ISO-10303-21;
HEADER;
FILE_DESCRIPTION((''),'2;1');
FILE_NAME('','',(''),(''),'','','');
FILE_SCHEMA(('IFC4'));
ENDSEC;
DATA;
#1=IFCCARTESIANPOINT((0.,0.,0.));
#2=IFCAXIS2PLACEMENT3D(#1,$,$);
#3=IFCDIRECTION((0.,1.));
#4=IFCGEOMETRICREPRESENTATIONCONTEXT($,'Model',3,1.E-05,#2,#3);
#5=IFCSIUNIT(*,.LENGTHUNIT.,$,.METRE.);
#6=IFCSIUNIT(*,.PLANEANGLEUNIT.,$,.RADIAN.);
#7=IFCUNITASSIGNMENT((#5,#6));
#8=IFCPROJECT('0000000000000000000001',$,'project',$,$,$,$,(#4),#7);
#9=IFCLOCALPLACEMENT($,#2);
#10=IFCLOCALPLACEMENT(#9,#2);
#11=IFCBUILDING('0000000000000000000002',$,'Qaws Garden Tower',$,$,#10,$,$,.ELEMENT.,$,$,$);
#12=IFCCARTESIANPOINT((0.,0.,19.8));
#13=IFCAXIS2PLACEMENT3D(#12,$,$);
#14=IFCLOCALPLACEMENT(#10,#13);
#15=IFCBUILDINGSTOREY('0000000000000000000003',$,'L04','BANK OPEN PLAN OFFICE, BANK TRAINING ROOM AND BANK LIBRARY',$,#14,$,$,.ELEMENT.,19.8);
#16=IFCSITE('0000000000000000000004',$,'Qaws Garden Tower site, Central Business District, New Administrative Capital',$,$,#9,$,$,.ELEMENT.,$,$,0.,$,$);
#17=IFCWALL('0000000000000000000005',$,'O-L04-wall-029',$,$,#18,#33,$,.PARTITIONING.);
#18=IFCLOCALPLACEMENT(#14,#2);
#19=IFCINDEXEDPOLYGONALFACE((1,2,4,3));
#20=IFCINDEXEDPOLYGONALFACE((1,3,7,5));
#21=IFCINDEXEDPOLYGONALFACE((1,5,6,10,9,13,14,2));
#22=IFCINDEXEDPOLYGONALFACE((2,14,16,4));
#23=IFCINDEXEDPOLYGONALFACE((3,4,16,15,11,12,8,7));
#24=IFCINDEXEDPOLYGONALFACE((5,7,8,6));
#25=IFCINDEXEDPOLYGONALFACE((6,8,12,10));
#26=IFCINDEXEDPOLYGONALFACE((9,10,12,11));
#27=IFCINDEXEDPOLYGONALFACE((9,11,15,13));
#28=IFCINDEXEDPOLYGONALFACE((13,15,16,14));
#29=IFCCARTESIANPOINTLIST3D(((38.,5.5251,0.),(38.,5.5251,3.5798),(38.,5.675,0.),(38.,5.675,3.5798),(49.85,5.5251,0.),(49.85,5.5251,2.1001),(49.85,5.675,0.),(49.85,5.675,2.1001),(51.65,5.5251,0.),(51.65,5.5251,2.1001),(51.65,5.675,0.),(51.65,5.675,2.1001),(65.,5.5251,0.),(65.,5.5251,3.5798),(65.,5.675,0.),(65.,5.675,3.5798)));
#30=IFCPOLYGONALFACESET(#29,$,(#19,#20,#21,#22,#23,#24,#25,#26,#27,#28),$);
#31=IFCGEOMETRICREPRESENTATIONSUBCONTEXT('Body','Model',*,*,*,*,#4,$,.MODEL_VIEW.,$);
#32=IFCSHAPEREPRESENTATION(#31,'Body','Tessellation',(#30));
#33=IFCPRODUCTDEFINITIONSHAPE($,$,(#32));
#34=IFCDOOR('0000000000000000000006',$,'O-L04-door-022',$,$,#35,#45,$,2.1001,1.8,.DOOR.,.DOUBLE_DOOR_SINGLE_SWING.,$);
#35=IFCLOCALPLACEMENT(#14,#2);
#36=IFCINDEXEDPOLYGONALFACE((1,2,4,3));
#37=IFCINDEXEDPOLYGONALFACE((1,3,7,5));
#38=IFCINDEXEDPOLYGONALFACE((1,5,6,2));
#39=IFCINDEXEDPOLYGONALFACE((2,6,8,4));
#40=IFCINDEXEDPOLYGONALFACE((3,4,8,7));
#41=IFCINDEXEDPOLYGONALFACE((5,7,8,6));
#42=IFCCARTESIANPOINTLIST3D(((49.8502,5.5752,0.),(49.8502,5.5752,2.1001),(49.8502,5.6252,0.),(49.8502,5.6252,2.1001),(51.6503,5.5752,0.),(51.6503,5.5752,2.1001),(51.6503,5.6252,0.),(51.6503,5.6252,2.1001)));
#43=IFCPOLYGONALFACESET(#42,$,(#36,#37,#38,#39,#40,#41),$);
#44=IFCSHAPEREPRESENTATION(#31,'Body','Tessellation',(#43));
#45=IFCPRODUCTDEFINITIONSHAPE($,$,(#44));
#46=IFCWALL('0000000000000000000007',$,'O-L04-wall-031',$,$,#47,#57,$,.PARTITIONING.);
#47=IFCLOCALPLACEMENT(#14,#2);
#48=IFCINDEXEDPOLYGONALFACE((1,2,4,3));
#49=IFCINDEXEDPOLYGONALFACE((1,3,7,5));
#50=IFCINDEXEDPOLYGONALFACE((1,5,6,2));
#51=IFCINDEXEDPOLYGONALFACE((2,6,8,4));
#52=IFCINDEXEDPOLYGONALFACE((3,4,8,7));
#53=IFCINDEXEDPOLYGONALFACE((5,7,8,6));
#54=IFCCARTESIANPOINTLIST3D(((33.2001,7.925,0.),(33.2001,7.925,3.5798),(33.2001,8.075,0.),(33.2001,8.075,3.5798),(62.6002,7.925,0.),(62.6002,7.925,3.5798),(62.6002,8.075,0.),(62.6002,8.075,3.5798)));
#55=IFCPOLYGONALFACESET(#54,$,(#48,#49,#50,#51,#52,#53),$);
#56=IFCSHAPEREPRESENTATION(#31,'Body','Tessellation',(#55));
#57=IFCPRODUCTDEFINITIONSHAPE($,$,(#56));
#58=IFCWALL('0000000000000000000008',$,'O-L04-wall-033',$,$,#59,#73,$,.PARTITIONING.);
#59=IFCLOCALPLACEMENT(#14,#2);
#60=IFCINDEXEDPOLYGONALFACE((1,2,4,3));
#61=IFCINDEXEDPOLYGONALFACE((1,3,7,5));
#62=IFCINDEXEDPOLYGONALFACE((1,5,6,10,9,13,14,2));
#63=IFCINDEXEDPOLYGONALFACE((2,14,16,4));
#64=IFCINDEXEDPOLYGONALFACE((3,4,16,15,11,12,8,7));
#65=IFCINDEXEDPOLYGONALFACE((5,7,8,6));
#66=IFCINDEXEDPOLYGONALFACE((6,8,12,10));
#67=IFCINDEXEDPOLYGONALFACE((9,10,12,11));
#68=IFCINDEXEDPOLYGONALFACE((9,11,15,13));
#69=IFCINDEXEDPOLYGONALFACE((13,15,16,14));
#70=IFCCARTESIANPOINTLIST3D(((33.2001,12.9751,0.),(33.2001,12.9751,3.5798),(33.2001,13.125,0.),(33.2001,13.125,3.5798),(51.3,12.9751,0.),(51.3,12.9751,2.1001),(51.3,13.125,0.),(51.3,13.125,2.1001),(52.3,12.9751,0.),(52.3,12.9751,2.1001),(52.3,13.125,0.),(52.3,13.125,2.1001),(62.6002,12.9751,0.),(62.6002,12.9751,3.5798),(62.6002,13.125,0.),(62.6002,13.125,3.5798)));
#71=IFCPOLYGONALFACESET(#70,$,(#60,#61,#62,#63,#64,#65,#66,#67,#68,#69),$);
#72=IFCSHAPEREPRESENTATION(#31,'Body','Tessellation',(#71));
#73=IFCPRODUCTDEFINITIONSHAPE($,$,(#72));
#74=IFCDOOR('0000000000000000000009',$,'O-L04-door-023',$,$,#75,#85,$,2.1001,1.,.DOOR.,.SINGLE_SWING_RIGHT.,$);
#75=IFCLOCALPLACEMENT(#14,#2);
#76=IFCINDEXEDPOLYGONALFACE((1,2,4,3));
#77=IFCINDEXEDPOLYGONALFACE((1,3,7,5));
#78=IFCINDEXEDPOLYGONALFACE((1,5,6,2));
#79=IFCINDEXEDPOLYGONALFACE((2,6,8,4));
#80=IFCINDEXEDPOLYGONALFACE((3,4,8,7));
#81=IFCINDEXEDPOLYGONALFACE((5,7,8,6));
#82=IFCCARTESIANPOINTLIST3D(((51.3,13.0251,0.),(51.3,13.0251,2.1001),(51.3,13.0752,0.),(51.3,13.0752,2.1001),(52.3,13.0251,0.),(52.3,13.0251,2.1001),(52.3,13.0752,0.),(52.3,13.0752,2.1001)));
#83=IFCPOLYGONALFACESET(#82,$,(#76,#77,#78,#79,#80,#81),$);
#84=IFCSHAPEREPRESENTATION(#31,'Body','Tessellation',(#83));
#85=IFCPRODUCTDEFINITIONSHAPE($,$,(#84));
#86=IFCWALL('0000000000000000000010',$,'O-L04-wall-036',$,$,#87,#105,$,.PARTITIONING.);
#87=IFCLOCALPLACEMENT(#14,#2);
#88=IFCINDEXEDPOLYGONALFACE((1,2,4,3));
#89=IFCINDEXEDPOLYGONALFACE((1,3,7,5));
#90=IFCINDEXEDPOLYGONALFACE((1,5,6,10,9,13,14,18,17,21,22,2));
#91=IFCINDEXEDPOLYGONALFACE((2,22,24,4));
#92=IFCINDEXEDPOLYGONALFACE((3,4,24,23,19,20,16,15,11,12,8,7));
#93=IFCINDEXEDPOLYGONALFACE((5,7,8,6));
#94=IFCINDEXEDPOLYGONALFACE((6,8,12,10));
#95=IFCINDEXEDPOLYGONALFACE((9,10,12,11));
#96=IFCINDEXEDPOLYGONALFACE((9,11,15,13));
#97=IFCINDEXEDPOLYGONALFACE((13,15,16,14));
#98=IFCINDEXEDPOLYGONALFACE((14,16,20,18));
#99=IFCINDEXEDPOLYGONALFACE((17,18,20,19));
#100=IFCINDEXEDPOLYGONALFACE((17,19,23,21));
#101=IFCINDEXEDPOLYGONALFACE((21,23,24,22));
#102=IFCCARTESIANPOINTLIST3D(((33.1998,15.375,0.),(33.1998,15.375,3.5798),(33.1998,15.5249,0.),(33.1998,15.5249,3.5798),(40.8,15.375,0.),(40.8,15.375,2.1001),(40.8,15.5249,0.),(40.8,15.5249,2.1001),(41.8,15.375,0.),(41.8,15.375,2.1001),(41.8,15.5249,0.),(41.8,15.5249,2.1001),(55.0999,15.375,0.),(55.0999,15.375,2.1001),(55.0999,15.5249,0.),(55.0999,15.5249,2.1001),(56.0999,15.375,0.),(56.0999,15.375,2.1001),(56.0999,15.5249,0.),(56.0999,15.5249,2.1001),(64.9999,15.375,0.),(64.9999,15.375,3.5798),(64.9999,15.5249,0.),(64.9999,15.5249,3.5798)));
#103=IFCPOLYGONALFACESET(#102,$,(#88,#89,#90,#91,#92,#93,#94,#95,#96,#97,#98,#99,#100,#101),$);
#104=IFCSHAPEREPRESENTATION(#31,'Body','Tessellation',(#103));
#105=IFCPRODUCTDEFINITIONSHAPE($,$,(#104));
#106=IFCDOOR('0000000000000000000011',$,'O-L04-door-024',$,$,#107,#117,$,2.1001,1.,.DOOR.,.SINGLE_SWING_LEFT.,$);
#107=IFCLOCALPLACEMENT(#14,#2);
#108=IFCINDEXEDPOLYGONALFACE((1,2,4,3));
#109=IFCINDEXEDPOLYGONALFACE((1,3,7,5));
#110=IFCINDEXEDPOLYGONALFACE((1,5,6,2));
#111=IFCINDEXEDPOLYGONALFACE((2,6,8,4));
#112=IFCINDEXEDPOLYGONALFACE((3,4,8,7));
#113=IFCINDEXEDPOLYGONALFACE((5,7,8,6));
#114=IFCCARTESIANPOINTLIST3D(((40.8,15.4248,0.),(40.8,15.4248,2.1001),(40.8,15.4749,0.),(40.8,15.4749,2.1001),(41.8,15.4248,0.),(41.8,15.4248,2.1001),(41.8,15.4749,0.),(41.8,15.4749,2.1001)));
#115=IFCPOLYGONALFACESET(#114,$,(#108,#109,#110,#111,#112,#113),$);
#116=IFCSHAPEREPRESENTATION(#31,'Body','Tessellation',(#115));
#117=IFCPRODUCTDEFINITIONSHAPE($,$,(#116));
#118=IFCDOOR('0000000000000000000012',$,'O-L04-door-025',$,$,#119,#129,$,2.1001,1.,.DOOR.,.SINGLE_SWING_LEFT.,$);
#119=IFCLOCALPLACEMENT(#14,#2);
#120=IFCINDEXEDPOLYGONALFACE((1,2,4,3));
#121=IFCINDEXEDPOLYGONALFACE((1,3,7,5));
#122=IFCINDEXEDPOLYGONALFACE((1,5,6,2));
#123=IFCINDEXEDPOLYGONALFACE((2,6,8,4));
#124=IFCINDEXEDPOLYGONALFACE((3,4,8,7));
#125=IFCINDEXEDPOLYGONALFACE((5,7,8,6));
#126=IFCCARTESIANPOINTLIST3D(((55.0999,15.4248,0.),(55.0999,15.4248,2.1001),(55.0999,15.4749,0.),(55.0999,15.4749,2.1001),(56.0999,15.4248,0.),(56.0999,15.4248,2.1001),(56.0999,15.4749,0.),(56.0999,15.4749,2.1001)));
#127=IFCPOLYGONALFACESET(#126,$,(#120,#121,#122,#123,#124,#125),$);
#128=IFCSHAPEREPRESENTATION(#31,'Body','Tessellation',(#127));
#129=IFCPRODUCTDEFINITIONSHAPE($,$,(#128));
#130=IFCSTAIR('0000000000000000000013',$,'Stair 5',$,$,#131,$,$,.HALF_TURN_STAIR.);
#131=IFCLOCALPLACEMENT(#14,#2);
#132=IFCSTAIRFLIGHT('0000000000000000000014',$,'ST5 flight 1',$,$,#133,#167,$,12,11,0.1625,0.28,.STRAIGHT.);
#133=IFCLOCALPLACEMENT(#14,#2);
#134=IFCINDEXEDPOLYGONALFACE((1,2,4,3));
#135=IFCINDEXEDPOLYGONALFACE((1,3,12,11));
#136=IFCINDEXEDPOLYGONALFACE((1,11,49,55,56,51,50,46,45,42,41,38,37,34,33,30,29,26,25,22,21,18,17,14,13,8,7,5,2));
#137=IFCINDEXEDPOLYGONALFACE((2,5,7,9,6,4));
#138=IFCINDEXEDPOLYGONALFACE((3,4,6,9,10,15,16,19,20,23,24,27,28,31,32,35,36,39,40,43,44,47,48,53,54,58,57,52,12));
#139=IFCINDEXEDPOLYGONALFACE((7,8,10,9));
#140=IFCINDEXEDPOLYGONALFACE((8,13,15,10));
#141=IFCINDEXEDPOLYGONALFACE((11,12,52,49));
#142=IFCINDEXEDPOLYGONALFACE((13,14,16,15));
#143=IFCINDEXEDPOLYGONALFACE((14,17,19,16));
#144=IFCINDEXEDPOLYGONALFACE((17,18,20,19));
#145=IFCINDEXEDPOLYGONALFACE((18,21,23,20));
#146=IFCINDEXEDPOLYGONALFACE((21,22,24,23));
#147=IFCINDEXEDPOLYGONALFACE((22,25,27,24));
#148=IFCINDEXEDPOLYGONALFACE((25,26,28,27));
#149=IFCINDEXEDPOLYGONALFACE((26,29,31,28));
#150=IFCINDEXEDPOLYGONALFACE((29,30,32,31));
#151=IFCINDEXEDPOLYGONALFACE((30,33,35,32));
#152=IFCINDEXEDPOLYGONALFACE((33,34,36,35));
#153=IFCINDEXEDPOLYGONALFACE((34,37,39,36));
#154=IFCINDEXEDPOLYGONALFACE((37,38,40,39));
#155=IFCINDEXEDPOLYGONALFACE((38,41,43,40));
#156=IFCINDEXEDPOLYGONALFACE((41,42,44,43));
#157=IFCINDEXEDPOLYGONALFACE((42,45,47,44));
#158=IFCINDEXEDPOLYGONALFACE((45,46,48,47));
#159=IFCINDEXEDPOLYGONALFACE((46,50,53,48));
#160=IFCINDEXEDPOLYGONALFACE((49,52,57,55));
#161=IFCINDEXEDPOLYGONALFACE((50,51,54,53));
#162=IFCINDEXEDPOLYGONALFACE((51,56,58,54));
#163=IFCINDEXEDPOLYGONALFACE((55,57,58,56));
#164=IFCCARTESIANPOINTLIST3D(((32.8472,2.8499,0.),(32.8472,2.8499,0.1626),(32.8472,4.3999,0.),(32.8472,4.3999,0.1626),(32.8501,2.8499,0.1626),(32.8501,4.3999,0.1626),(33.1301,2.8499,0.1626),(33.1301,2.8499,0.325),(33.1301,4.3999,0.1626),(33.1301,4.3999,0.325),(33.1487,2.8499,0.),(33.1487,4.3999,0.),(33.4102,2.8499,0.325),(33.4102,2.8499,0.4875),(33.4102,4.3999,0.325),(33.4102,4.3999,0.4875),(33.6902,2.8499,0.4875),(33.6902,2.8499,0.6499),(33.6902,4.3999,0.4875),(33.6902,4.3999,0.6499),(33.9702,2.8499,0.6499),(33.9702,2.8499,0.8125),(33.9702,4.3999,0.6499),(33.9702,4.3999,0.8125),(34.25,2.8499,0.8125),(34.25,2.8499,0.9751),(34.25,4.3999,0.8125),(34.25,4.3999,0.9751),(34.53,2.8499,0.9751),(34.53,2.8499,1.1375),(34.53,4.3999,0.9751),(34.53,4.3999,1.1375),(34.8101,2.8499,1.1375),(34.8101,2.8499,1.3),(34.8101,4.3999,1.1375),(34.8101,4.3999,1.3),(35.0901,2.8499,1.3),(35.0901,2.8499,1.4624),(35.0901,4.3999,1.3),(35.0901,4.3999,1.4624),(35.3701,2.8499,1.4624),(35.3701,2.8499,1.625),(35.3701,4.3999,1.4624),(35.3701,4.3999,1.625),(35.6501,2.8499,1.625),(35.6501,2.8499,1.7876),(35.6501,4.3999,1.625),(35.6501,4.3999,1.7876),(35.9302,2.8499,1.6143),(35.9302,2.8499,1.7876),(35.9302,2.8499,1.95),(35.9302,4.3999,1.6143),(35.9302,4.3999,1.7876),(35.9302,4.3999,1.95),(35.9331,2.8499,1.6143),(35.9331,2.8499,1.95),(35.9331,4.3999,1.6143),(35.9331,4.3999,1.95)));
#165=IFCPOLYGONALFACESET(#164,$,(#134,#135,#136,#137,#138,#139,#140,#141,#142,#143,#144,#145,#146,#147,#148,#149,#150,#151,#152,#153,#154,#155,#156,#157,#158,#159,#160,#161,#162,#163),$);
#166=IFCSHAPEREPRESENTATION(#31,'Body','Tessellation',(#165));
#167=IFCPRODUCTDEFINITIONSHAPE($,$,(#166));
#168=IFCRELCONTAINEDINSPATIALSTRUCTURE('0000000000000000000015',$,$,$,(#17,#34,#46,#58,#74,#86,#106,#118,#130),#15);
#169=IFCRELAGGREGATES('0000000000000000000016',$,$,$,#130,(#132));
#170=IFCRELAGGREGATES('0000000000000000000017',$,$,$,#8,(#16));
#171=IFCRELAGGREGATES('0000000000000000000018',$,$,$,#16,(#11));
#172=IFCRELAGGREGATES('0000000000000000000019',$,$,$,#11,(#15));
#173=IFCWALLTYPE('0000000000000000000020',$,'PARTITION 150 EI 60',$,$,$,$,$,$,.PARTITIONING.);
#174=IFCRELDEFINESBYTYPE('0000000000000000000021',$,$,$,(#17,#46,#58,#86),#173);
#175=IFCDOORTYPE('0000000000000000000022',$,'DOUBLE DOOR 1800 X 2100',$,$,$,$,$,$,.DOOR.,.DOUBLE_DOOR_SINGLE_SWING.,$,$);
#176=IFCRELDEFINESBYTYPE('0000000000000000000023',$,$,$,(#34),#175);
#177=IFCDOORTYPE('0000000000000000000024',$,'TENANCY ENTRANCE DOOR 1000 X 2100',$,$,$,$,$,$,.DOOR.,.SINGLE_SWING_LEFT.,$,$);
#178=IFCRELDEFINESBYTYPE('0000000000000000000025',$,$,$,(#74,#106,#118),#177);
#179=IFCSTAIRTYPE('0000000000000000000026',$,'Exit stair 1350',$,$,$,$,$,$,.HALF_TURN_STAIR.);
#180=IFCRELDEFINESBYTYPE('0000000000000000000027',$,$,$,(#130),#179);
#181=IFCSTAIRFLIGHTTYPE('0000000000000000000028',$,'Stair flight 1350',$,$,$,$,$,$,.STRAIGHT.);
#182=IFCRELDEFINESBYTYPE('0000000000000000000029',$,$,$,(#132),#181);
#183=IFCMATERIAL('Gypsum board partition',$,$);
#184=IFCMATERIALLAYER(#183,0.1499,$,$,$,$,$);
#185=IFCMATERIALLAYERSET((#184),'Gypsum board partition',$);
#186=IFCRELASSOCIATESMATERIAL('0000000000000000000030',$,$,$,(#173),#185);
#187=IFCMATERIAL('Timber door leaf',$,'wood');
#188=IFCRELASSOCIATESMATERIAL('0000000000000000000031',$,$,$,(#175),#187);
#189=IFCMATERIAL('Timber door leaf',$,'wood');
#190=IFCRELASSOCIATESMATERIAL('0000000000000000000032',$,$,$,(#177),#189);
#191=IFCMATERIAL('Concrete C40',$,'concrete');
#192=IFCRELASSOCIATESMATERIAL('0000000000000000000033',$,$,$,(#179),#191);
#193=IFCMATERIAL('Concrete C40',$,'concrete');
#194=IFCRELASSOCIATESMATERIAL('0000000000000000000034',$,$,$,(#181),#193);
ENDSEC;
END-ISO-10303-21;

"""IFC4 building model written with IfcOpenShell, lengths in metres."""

from ifc_helpers import new_model, si_unit, direction, frame, frame_2d, origin, place, context, subcontext, project, spatial, polyline, rectangle, outline, extrude, material, layer, layer_set, type_object, element, fill, aggregate, save


model = new_model("IFC4")

# Units and contexts
model_context = context("Model", 3, precision=1e-05, world=origin(), true_north=direction((0.0, 1.0)))
body_context = subcontext(model_context, "Body", "Model", "MODEL_VIEW")
ifc_project = project(units=[si_unit("LENGTHUNIT", "METRE"), si_unit("PLANEANGLEUNIT", "RADIAN")], contexts=[model_context])

# Site, building, storey
site_placement = place(None, origin())
site = spatial("IfcSite", under=ifc_project, at=site_placement, Name="Qaws Garden Tower site, Central Business District, New Administrative Capital", CompositionType="ELEMENT", RefElevation=0.0)
building_placement = place(site_placement, origin())
building = spatial("IfcBuilding", under=site, at=building_placement, Name="Qaws Garden Tower", CompositionType="ELEMENT")
storey_placement = place(building_placement, frame((0.0, 0.0, 19.8)))
storey = spatial("IfcBuildingStorey", under=building, at=storey_placement, Name="L04", Description="BANK OPEN PLAN OFFICE, BANK TRAINING ROOM AND BANK LIBRARY", CompositionType="ELEMENT", Elevation=19.8)

# Shared definitions
ifc_material_1 = material(Name="Gypsum board partition")
ifc_layer_1 = layer(ifc_material_1, 0.1499)
ifc_layer_set_1 = layer_set([ifc_layer_1], Name="Gypsum board partition")
wall_type_1 = type_object("IfcWallType", Name="PARTITION 150 EI 60", PredefinedType="PARTITIONING", material=ifc_layer_set_1)

# Shared definitions
ifc_material_2 = material(Name="Timber door leaf", Category="wood")
door_type_1 = type_object("IfcDoorType", Name="DOUBLE DOOR 1800 X 2100", OperationType="DOUBLE_DOOR_SINGLE_SWING", PredefinedType="DOOR", material=ifc_material_2)

# Wall, opening, door
wall_1_placement = place(storey_placement, frame((38.0, 5.6001, 0.0), z_axis=(0.0, 0.0, 1.0), x_axis=(1.0, 0.0, 0.0)))
wall_1 = element("IfcWall", 1, at=wall_1_placement, inside=storey, type_object=wall_type_1, Name="O-L04-wall-029", PredefinedType="PARTITIONING", context=body_context, shape_type="SweptSolid", body=[
    extrude(rectangle(XDim=27.0, YDim=0.1499, at=frame_2d((13.5, 0.0))), origin(), (0.0, 0.0, 1.0), 3.5798),
])
opening_1_placement = place(wall_1_placement, frame((11.8501, 0.0, 0.0)))
opening_1 = element("IfcOpeningElement", 2, at=opening_1_placement, cuts=wall_1, PredefinedType="OPENING", context=body_context, shape_type="SweptSolid", body=[
    extrude(rectangle(XDim=1.8, YDim=2.1001, at=frame_2d((0.8999, 1.05))), frame((0.0, 0.085, 0.0), z_axis=(0.0, -1.0, 0.0), x_axis=(1.0, 0.0, 0.0)), (0.0, 0.0, 1.0), 0.1699),
])
door_1_placement = place(opening_1_placement, frame((1.8, 0.0, 0.0), z_axis=(0.0, 0.0, 1.0), x_axis=(-1.0, 0.0, 0.0)))
door_1 = element("IfcDoor", 3, at=door_1_placement, inside=storey, type_object=door_type_1, Name="O-L04-door-022", OperationType="DOUBLE_DOOR_SINGLE_SWING", OverallHeight=2.1001, OverallWidth=1.8, PredefinedType="DOOR", context=body_context, shape_type="SweptSolid", body=[
    extrude(rectangle(XDim=1.8, YDim=2.1001, at=frame_2d((0.8999, 1.05))), frame((0.0, 0.0249, 0.0), z_axis=(0.0, -1.0, 0.0), x_axis=(1.0, 0.0, 0.0)), (0.0, 0.0, 1.0), 0.05),
])
fill(opening_1, door_1)

# Wall
wall_2_placement = place(storey_placement, frame((33.2, 8.0, 0.0), z_axis=(0.0, 0.0, 1.0), x_axis=(1.0, 0.0, 0.0)))
element("IfcWall", 4, at=wall_2_placement, inside=storey, type_object=wall_type_1, Name="O-L04-wall-031", PredefinedType="PARTITIONING", context=body_context, shape_type="SweptSolid", body=[
    extrude(rectangle(XDim=29.4001, YDim=0.1499, at=frame_2d((14.7002, 0.0))), origin(), (0.0, 0.0, 1.0), 3.5798),
])

# Wall, opening, door
wall_3_placement = place(storey_placement, frame((33.2, 13.05, 0.0), z_axis=(0.0, 0.0, 1.0), x_axis=(1.0, 0.0, 0.0)))
wall_3 = element("IfcWall", 5, at=wall_3_placement, inside=storey, type_object=wall_type_1, Name="O-L04-wall-033", PredefinedType="PARTITIONING", context=body_context, shape_type="SweptSolid", body=[
    extrude(rectangle(XDim=29.4001, YDim=0.1499, at=frame_2d((14.7002, 0.0))), origin(), (0.0, 0.0, 1.0), 3.5798),
])
opening_2_placement = place(wall_3_placement, frame((18.1001, 0.0, 0.0)))
opening_2 = element("IfcOpeningElement", 6, at=opening_2_placement, cuts=wall_3, PredefinedType="OPENING", context=body_context, shape_type="SweptSolid", body=[
    extrude(rectangle(XDim=1.0, YDim=2.1001, at=frame_2d((0.5, 1.05))), frame((0.0, 0.085, 0.0), z_axis=(0.0, -1.0, 0.0), x_axis=(1.0, 0.0, 0.0)), (0.0, 0.0, 1.0), 0.1699),
])
ifc_material_3 = material(Name="Timber door leaf", Category="wood")
door_type_2 = type_object("IfcDoorType", Name="TENANCY ENTRANCE DOOR 1000 X 2100", OperationType="SINGLE_SWING_LEFT", PredefinedType="DOOR", material=ifc_material_3)
door_2_placement = place(opening_2_placement, frame((1.0, 0.0, 0.0), z_axis=(0.0, 0.0, 1.0), x_axis=(-1.0, 0.0, 0.0)))
door_2 = element("IfcDoor", 7, at=door_2_placement, inside=storey, type_object=door_type_2, Name="O-L04-door-023", OperationType="SINGLE_SWING_RIGHT", OverallHeight=2.1001, OverallWidth=1.0, PredefinedType="DOOR", context=body_context, shape_type="SweptSolid", body=[
    extrude(rectangle(XDim=1.0, YDim=2.1001, at=frame_2d((0.5, 1.05))), frame((0.0, 0.0249, 0.0), z_axis=(0.0, -1.0, 0.0), x_axis=(1.0, 0.0, 0.0)), (0.0, 0.0, 1.0), 0.05),
])
fill(opening_2, door_2)

# Wall, openings, doors
wall_4_placement = place(storey_placement, frame((33.2, 15.45, 0.0), z_axis=(0.0, 0.0, 1.0), x_axis=(1.0, 0.0, 0.0)))
wall_4 = element("IfcWall", 8, at=wall_4_placement, inside=storey, type_object=wall_type_1, Name="O-L04-wall-036", PredefinedType="PARTITIONING", context=body_context, shape_type="SweptSolid", body=[
    extrude(rectangle(XDim=31.8, YDim=0.1499, at=frame_2d((15.8999, 0.0))), origin(), (0.0, 0.0, 1.0), 3.5798),
])
opening_3_placement = place(wall_4_placement, frame((7.6001, 0.0, 0.0)))
opening_3 = element("IfcOpeningElement", 9, at=opening_3_placement, cuts=wall_4, PredefinedType="OPENING", context=body_context, shape_type="SweptSolid", body=[
    extrude(rectangle(XDim=1.0, YDim=2.1001, at=frame_2d((0.5, 1.05))), frame((0.0, 0.085, 0.0), z_axis=(0.0, -1.0, 0.0), x_axis=(1.0, 0.0, 0.0)), (0.0, 0.0, 1.0), 0.1699),
])
opening_4_placement = place(wall_4_placement, frame((21.8999, 0.0, 0.0)))
opening_4 = element("IfcOpeningElement", 10, at=opening_4_placement, cuts=wall_4, PredefinedType="OPENING", context=body_context, shape_type="SweptSolid", body=[
    extrude(rectangle(XDim=1.0, YDim=2.1001, at=frame_2d((0.5, 1.05))), frame((0.0, 0.085, 0.0), z_axis=(0.0, -1.0, 0.0), x_axis=(1.0, 0.0, 0.0)), (0.0, 0.0, 1.0), 0.1699),
])
door_3_placement = place(opening_3_placement, origin())
door_3 = element("IfcDoor", 11, at=door_3_placement, inside=storey, type_object=door_type_2, Name="O-L04-door-024", OperationType="SINGLE_SWING_LEFT", OverallHeight=2.1001, OverallWidth=1.0, PredefinedType="DOOR", context=body_context, shape_type="SweptSolid", body=[
    extrude(rectangle(XDim=1.0, YDim=2.1001, at=frame_2d((0.5, 1.05))), frame((0.0, 0.0249, 0.0), z_axis=(0.0, -1.0, 0.0), x_axis=(1.0, 0.0, 0.0)), (0.0, 0.0, 1.0), 0.05),
])
fill(opening_3, door_3)
door_4_placement = place(opening_4_placement, origin())
door_4 = element("IfcDoor", 12, at=door_4_placement, inside=storey, type_object=door_type_2, Name="O-L04-door-025", OperationType="SINGLE_SWING_LEFT", OverallHeight=2.1001, OverallWidth=1.0, PredefinedType="DOOR", context=body_context, shape_type="SweptSolid", body=[
    extrude(rectangle(XDim=1.0, YDim=2.1001, at=frame_2d((0.5, 1.05))), frame((0.0, 0.0249, 0.0), z_axis=(0.0, -1.0, 0.0), x_axis=(1.0, 0.0, 0.0)), (0.0, 0.0, 1.0), 0.05),
])
fill(opening_4, door_4)

# Stair, stair flight
ifc_material_4 = material(Name="Concrete C40", Category="concrete")
stair_type = type_object("IfcStairType", Name="Exit stair 1350", PredefinedType="HALF_TURN_STAIR", material=ifc_material_4)
stair_placement = place(storey_placement, origin())
stair = element("IfcStair", 13, at=stair_placement, inside=storey, type_object=stair_type, Name="Stair 5", PredefinedType="HALF_TURN_STAIR")
ifc_material_5 = material(Name="Concrete C40", Category="concrete")
stair_flight_type = type_object("IfcStairFlightType", Name="Stair flight 1350", PredefinedType="STRAIGHT", material=ifc_material_5)
stair_flight_1_placement = place(storey_placement, frame((32.8501, 3.625, 0.0), z_axis=(0.0, 0.0, 1.0), x_axis=(1.0, 0.0, 0.0)))
stair_flight_1 = element("IfcStairFlight", 14, at=stair_flight_1_placement, type_object=stair_flight_type, Name="ST5 flight 1", NumberOfRisers=12, NumberOfTreads=11, PredefinedType="STRAIGHT", RiserHeight=0.1625, TreadLength=0.28, context=body_context, shape_type="SweptSolid", body=[
    extrude(outline(polyline([(-0.0029, 0.0), (-0.0029, 0.1626), (0.0, 0.1626), (0.28, 0.1626), (0.28, 0.325), (0.5601, 0.325), (0.5601, 0.4875), (0.8401, 0.4875), (0.8401, 0.6499), (1.1201, 0.6499), (1.1201, 0.8125), (1.3999, 0.8125), (1.3999, 0.9751), (1.6799, 0.9751), (1.6799, 1.1375), (1.96, 1.1375), (1.96, 1.3), (2.24, 1.3), (2.24, 1.4624), (2.52, 1.4624), (2.52, 1.625), (2.8, 1.625), (2.8, 1.7876), (3.0801, 1.7876), (3.0801, 1.95), (3.083, 1.95), (3.083, 1.6143), (3.0801, 1.6143), (0.2986, 0.0), (-0.0029, 0.0)])), frame((0.0, 0.7749, 0.0), z_axis=(0.0, -1.0, 0.0), x_axis=(1.0, 0.0, 0.0)), (0.0, 0.0, 1.0), 1.55),
])
aggregate(stair, [stair_flight_1])

save(model, "model.ifc")
